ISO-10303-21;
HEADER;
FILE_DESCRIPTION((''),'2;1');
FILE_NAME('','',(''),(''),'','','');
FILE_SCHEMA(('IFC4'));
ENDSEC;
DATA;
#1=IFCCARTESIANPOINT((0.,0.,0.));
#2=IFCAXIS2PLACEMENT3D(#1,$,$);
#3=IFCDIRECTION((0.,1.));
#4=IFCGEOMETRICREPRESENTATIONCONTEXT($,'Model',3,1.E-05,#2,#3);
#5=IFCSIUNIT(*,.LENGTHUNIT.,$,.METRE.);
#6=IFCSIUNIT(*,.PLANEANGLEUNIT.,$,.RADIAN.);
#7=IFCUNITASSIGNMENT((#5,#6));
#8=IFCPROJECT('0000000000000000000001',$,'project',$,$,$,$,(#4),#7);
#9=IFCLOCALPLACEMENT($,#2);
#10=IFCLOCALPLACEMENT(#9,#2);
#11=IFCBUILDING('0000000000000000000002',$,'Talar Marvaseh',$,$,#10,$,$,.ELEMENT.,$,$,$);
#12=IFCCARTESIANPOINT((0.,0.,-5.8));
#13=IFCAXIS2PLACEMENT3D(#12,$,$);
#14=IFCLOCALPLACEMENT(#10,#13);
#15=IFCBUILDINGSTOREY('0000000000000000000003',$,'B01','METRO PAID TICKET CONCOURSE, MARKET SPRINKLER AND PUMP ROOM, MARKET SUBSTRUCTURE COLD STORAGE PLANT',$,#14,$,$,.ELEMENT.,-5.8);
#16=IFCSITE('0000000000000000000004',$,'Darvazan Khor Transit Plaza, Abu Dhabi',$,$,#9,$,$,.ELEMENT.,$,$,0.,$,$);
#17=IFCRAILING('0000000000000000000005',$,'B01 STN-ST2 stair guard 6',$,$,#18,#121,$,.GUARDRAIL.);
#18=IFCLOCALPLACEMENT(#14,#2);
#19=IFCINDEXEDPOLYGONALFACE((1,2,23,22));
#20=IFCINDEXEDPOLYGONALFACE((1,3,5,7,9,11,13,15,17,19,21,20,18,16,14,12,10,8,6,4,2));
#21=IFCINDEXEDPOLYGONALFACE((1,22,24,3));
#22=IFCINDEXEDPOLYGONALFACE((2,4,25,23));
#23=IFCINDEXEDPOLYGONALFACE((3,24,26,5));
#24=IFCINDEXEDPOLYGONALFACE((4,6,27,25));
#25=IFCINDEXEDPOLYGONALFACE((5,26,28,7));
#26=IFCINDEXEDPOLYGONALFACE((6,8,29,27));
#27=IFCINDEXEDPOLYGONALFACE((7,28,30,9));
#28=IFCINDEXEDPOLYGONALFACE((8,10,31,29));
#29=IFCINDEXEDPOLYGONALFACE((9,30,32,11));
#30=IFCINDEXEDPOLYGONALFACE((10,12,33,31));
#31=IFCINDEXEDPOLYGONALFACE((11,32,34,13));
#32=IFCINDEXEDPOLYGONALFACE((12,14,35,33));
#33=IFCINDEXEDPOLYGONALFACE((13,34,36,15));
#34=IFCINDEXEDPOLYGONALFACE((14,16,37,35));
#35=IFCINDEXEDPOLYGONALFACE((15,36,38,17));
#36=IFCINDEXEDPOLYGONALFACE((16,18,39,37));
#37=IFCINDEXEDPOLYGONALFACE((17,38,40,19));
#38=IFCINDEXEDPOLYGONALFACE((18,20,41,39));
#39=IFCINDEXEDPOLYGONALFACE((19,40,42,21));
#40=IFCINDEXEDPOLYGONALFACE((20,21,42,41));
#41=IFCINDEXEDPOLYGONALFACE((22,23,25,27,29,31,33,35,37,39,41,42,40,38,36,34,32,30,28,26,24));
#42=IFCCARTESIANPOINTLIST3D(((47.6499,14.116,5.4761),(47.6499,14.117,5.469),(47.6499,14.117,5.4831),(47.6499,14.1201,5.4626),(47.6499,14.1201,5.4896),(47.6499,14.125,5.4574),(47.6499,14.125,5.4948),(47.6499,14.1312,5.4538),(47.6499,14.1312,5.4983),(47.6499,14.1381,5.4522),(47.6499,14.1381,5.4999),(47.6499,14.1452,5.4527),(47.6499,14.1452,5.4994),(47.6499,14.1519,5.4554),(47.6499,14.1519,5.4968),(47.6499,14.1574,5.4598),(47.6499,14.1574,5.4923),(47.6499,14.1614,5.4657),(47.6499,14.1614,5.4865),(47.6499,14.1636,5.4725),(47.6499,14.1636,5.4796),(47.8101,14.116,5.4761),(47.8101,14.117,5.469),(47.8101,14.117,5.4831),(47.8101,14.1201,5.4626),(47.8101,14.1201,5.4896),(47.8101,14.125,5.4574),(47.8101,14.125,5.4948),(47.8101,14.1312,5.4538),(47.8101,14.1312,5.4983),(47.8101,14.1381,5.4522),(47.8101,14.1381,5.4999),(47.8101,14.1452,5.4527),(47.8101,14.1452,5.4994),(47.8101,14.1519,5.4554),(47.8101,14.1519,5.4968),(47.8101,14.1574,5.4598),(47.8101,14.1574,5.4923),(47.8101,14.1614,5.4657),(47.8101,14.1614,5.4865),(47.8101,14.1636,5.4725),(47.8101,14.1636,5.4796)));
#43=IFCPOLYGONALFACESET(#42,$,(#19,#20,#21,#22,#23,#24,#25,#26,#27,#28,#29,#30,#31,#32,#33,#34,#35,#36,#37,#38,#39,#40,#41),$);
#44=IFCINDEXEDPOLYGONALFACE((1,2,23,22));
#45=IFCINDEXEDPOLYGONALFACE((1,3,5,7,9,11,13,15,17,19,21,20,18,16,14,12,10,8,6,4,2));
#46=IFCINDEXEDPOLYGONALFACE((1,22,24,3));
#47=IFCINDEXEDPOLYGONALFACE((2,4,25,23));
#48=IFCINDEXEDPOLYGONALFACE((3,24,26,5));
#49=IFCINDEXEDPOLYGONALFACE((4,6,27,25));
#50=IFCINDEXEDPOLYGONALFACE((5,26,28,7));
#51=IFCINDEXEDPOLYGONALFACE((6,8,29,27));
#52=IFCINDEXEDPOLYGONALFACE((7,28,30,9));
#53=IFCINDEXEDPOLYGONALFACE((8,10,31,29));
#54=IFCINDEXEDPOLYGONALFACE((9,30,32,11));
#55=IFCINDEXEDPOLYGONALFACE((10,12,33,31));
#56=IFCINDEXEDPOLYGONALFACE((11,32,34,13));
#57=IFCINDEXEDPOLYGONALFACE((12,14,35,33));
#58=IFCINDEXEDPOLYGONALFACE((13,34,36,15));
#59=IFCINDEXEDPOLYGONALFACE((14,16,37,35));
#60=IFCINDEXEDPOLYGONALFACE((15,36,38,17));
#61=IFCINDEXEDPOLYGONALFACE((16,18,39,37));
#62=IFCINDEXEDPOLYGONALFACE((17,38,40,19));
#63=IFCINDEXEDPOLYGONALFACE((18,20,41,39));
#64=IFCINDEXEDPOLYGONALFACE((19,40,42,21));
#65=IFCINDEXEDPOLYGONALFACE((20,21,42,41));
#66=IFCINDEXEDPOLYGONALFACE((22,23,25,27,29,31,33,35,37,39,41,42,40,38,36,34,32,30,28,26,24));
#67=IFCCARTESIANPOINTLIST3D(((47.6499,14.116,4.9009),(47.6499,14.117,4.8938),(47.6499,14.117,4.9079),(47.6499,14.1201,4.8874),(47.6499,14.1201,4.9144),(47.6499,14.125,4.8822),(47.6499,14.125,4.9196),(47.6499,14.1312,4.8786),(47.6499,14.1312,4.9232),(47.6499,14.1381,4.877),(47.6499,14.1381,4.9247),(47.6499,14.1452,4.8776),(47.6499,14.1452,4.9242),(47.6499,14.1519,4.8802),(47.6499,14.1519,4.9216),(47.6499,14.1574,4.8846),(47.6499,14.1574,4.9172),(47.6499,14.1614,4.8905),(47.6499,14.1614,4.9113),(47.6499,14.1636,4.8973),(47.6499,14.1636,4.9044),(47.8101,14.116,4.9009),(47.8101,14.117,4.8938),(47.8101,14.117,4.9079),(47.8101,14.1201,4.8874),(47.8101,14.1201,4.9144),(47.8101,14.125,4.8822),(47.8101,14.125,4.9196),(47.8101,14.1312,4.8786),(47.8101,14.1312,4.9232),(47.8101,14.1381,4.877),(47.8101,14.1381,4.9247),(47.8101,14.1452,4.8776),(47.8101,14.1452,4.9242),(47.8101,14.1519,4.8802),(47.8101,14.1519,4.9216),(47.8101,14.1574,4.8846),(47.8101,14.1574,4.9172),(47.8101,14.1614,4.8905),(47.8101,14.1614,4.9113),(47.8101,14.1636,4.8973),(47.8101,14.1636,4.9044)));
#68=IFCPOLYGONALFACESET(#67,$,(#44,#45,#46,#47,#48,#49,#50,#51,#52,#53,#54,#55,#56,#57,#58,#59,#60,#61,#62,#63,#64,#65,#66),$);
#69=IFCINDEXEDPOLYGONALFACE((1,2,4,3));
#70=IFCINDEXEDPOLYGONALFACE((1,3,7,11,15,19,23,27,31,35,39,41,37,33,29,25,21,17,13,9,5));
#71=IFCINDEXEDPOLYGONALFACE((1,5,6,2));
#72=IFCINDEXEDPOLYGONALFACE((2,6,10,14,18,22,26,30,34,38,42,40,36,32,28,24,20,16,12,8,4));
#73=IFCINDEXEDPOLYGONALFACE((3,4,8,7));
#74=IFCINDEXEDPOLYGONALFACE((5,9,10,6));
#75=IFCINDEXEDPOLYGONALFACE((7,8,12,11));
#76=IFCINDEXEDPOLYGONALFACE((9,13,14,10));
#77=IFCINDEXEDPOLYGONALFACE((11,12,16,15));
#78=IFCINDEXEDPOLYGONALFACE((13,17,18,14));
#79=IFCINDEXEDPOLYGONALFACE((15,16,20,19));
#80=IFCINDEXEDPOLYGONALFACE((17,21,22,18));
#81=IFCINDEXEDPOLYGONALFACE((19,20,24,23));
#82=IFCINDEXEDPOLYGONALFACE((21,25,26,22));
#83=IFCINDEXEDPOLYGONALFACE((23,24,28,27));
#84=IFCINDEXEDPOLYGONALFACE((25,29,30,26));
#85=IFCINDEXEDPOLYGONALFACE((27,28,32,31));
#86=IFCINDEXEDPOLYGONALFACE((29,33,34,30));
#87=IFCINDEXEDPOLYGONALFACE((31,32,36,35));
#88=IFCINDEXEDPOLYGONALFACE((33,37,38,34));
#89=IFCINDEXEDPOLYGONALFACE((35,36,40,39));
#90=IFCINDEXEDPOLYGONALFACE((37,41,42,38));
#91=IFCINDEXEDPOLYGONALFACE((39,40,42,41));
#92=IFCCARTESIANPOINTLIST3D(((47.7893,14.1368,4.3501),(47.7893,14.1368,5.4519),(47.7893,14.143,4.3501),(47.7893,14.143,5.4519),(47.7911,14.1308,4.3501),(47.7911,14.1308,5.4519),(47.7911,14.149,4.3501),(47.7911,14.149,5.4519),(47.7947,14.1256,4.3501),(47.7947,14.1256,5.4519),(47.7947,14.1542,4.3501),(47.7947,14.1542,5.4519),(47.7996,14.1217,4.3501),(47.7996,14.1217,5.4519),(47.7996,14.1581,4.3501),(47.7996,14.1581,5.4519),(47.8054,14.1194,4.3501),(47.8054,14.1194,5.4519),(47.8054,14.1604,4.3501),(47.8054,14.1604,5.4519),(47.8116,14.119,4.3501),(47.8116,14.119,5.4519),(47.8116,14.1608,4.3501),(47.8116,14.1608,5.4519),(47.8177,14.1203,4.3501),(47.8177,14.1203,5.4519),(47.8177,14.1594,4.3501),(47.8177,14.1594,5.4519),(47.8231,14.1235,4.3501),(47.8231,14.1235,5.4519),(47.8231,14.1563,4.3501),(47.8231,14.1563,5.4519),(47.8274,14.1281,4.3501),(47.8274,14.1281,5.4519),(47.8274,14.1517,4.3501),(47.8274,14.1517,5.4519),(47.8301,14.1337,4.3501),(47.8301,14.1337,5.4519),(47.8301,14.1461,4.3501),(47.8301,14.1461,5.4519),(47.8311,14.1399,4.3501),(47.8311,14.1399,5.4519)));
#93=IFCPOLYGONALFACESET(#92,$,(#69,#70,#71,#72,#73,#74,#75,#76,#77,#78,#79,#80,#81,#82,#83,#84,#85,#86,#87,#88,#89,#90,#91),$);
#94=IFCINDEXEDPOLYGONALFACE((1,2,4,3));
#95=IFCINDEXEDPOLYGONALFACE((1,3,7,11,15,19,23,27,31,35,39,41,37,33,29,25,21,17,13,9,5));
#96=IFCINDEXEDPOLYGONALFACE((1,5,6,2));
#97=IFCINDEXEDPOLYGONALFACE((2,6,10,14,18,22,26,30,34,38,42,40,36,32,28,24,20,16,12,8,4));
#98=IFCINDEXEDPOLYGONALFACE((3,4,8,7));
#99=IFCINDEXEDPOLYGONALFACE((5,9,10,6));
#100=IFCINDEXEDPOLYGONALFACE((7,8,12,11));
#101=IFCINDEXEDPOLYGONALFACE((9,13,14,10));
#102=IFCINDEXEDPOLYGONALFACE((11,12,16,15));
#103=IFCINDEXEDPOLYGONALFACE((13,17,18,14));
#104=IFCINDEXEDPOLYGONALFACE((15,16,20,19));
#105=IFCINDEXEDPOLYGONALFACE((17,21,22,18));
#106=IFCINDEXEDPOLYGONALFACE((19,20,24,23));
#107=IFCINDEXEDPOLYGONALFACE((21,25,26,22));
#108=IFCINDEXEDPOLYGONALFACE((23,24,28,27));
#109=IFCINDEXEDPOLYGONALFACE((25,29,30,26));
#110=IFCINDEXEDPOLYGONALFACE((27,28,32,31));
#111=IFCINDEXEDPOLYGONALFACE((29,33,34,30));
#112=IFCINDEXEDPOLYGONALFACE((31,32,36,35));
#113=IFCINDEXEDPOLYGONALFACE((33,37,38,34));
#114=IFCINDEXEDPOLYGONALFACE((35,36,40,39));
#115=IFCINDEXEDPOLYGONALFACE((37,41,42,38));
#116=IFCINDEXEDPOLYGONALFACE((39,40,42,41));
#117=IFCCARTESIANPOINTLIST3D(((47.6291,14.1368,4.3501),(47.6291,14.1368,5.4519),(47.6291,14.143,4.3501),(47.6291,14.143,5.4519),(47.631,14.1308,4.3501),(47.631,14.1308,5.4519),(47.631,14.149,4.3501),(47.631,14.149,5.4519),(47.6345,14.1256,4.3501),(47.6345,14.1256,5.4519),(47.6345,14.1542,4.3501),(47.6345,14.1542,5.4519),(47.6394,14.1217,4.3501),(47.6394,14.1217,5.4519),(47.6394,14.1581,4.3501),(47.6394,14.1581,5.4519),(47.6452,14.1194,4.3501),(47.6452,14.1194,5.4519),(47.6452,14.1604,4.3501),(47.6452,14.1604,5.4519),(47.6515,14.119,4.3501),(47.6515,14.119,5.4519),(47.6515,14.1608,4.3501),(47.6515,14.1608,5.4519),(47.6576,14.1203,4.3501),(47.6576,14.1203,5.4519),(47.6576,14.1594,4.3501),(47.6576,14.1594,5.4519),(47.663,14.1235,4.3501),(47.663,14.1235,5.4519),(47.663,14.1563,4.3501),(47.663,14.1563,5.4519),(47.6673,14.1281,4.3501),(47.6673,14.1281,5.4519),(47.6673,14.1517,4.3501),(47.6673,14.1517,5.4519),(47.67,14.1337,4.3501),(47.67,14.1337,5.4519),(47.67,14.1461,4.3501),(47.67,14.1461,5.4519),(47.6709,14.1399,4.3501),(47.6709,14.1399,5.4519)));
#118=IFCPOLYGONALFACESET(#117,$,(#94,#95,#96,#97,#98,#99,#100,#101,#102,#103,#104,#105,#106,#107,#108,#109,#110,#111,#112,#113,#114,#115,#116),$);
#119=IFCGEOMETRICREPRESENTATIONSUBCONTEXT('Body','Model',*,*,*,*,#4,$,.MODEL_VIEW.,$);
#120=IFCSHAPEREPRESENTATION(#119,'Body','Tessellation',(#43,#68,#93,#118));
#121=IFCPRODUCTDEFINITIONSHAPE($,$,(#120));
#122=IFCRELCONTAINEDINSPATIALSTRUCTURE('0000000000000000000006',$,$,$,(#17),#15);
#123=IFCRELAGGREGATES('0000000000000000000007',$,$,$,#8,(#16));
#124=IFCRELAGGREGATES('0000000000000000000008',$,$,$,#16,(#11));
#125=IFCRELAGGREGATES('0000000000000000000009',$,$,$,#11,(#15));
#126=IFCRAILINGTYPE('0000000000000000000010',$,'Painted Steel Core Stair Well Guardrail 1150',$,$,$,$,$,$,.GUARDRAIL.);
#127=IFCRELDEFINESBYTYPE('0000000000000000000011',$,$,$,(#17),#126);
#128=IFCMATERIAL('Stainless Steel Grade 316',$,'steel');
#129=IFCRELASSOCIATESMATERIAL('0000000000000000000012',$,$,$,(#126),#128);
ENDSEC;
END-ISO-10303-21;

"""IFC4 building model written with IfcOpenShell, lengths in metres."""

from ifc_helpers import new_model, si_unit, direction, frame, origin, origin_2d, place, context, subcontext, project, spatial, circle, extrude, material, type_object, element, save


model = new_model("IFC4")

# Units and contexts
model_context = context("Model", 3, precision=1e-05, world=origin(), true_north=direction((0.0, 1.0)))
body_context = subcontext(model_context, "Body", "Model", "MODEL_VIEW")
ifc_project = project(units=[si_unit("LENGTHUNIT", "METRE"), si_unit("PLANEANGLEUNIT", "RADIAN")], contexts=[model_context])

# Site, building, storey
site_placement = place(None, origin())
site = spatial("IfcSite", under=ifc_project, at=site_placement, Name="Darvazan Khor Transit Plaza, Abu Dhabi", CompositionType="ELEMENT", RefElevation=0.0)
building_placement = place(site_placement, origin())
building = spatial("IfcBuilding", under=site, at=building_placement, Name="Talar Marvaseh", CompositionType="ELEMENT")
storey_placement = place(building_placement, frame((0.0, 0.0, -5.8)))
storey = spatial("IfcBuildingStorey", under=building, at=storey_placement, Name="B01", Description="METRO PAID TICKET CONCOURSE, MARKET SPRINKLER AND PUMP ROOM, MARKET SUBSTRUCTURE COLD STORAGE PLANT", CompositionType="ELEMENT", Elevation=-5.8)

# Railing
ifc_material_1 = material(Name="Stainless Steel Grade 316", Category="steel")
railing_type_1 = type_object("IfcRailingType", Name="Painted Steel Core Stair Well Guardrail 1150", PredefinedType="GUARDRAIL", material=ifc_material_1)
railing_1_placement = place(storey_placement, frame((47.8101, 14.1399, 4.3501)))
element("IfcRailing", 1, at=railing_1_placement, inside=storey, type_object=railing_type_1, Name="B01 STN-ST2 stair guard 6", PredefinedType="GUARDRAIL", context=body_context, shape_type="SweptSolid", body=[
    extrude(circle(Radius=0.0239, at=origin_2d()), frame((0.0, 0.0, 1.126), z_axis=(-1.0, 0.0, 0.0), x_axis=(0.0, -1.0, 0.0)), (0.0, 0.0, 1.0), 0.1602),
    extrude(circle(Radius=0.0239, at=origin_2d()), frame((0.0, 0.0, 0.5508), z_axis=(-1.0, 0.0, 0.0), x_axis=(0.0, -1.0, 0.0)), (0.0, 0.0, 1.0), 0.1602),
    extrude(circle(Radius=0.021, at=origin_2d()), origin(), (0.0, 0.0, 1.0), 1.1018),
    extrude(circle(Radius=0.021, at=origin_2d()), frame((-0.1602, 0.0, 0.0)), (0.0, 0.0, 1.0), 1.1018),
])

save(model, "model.ifc")
